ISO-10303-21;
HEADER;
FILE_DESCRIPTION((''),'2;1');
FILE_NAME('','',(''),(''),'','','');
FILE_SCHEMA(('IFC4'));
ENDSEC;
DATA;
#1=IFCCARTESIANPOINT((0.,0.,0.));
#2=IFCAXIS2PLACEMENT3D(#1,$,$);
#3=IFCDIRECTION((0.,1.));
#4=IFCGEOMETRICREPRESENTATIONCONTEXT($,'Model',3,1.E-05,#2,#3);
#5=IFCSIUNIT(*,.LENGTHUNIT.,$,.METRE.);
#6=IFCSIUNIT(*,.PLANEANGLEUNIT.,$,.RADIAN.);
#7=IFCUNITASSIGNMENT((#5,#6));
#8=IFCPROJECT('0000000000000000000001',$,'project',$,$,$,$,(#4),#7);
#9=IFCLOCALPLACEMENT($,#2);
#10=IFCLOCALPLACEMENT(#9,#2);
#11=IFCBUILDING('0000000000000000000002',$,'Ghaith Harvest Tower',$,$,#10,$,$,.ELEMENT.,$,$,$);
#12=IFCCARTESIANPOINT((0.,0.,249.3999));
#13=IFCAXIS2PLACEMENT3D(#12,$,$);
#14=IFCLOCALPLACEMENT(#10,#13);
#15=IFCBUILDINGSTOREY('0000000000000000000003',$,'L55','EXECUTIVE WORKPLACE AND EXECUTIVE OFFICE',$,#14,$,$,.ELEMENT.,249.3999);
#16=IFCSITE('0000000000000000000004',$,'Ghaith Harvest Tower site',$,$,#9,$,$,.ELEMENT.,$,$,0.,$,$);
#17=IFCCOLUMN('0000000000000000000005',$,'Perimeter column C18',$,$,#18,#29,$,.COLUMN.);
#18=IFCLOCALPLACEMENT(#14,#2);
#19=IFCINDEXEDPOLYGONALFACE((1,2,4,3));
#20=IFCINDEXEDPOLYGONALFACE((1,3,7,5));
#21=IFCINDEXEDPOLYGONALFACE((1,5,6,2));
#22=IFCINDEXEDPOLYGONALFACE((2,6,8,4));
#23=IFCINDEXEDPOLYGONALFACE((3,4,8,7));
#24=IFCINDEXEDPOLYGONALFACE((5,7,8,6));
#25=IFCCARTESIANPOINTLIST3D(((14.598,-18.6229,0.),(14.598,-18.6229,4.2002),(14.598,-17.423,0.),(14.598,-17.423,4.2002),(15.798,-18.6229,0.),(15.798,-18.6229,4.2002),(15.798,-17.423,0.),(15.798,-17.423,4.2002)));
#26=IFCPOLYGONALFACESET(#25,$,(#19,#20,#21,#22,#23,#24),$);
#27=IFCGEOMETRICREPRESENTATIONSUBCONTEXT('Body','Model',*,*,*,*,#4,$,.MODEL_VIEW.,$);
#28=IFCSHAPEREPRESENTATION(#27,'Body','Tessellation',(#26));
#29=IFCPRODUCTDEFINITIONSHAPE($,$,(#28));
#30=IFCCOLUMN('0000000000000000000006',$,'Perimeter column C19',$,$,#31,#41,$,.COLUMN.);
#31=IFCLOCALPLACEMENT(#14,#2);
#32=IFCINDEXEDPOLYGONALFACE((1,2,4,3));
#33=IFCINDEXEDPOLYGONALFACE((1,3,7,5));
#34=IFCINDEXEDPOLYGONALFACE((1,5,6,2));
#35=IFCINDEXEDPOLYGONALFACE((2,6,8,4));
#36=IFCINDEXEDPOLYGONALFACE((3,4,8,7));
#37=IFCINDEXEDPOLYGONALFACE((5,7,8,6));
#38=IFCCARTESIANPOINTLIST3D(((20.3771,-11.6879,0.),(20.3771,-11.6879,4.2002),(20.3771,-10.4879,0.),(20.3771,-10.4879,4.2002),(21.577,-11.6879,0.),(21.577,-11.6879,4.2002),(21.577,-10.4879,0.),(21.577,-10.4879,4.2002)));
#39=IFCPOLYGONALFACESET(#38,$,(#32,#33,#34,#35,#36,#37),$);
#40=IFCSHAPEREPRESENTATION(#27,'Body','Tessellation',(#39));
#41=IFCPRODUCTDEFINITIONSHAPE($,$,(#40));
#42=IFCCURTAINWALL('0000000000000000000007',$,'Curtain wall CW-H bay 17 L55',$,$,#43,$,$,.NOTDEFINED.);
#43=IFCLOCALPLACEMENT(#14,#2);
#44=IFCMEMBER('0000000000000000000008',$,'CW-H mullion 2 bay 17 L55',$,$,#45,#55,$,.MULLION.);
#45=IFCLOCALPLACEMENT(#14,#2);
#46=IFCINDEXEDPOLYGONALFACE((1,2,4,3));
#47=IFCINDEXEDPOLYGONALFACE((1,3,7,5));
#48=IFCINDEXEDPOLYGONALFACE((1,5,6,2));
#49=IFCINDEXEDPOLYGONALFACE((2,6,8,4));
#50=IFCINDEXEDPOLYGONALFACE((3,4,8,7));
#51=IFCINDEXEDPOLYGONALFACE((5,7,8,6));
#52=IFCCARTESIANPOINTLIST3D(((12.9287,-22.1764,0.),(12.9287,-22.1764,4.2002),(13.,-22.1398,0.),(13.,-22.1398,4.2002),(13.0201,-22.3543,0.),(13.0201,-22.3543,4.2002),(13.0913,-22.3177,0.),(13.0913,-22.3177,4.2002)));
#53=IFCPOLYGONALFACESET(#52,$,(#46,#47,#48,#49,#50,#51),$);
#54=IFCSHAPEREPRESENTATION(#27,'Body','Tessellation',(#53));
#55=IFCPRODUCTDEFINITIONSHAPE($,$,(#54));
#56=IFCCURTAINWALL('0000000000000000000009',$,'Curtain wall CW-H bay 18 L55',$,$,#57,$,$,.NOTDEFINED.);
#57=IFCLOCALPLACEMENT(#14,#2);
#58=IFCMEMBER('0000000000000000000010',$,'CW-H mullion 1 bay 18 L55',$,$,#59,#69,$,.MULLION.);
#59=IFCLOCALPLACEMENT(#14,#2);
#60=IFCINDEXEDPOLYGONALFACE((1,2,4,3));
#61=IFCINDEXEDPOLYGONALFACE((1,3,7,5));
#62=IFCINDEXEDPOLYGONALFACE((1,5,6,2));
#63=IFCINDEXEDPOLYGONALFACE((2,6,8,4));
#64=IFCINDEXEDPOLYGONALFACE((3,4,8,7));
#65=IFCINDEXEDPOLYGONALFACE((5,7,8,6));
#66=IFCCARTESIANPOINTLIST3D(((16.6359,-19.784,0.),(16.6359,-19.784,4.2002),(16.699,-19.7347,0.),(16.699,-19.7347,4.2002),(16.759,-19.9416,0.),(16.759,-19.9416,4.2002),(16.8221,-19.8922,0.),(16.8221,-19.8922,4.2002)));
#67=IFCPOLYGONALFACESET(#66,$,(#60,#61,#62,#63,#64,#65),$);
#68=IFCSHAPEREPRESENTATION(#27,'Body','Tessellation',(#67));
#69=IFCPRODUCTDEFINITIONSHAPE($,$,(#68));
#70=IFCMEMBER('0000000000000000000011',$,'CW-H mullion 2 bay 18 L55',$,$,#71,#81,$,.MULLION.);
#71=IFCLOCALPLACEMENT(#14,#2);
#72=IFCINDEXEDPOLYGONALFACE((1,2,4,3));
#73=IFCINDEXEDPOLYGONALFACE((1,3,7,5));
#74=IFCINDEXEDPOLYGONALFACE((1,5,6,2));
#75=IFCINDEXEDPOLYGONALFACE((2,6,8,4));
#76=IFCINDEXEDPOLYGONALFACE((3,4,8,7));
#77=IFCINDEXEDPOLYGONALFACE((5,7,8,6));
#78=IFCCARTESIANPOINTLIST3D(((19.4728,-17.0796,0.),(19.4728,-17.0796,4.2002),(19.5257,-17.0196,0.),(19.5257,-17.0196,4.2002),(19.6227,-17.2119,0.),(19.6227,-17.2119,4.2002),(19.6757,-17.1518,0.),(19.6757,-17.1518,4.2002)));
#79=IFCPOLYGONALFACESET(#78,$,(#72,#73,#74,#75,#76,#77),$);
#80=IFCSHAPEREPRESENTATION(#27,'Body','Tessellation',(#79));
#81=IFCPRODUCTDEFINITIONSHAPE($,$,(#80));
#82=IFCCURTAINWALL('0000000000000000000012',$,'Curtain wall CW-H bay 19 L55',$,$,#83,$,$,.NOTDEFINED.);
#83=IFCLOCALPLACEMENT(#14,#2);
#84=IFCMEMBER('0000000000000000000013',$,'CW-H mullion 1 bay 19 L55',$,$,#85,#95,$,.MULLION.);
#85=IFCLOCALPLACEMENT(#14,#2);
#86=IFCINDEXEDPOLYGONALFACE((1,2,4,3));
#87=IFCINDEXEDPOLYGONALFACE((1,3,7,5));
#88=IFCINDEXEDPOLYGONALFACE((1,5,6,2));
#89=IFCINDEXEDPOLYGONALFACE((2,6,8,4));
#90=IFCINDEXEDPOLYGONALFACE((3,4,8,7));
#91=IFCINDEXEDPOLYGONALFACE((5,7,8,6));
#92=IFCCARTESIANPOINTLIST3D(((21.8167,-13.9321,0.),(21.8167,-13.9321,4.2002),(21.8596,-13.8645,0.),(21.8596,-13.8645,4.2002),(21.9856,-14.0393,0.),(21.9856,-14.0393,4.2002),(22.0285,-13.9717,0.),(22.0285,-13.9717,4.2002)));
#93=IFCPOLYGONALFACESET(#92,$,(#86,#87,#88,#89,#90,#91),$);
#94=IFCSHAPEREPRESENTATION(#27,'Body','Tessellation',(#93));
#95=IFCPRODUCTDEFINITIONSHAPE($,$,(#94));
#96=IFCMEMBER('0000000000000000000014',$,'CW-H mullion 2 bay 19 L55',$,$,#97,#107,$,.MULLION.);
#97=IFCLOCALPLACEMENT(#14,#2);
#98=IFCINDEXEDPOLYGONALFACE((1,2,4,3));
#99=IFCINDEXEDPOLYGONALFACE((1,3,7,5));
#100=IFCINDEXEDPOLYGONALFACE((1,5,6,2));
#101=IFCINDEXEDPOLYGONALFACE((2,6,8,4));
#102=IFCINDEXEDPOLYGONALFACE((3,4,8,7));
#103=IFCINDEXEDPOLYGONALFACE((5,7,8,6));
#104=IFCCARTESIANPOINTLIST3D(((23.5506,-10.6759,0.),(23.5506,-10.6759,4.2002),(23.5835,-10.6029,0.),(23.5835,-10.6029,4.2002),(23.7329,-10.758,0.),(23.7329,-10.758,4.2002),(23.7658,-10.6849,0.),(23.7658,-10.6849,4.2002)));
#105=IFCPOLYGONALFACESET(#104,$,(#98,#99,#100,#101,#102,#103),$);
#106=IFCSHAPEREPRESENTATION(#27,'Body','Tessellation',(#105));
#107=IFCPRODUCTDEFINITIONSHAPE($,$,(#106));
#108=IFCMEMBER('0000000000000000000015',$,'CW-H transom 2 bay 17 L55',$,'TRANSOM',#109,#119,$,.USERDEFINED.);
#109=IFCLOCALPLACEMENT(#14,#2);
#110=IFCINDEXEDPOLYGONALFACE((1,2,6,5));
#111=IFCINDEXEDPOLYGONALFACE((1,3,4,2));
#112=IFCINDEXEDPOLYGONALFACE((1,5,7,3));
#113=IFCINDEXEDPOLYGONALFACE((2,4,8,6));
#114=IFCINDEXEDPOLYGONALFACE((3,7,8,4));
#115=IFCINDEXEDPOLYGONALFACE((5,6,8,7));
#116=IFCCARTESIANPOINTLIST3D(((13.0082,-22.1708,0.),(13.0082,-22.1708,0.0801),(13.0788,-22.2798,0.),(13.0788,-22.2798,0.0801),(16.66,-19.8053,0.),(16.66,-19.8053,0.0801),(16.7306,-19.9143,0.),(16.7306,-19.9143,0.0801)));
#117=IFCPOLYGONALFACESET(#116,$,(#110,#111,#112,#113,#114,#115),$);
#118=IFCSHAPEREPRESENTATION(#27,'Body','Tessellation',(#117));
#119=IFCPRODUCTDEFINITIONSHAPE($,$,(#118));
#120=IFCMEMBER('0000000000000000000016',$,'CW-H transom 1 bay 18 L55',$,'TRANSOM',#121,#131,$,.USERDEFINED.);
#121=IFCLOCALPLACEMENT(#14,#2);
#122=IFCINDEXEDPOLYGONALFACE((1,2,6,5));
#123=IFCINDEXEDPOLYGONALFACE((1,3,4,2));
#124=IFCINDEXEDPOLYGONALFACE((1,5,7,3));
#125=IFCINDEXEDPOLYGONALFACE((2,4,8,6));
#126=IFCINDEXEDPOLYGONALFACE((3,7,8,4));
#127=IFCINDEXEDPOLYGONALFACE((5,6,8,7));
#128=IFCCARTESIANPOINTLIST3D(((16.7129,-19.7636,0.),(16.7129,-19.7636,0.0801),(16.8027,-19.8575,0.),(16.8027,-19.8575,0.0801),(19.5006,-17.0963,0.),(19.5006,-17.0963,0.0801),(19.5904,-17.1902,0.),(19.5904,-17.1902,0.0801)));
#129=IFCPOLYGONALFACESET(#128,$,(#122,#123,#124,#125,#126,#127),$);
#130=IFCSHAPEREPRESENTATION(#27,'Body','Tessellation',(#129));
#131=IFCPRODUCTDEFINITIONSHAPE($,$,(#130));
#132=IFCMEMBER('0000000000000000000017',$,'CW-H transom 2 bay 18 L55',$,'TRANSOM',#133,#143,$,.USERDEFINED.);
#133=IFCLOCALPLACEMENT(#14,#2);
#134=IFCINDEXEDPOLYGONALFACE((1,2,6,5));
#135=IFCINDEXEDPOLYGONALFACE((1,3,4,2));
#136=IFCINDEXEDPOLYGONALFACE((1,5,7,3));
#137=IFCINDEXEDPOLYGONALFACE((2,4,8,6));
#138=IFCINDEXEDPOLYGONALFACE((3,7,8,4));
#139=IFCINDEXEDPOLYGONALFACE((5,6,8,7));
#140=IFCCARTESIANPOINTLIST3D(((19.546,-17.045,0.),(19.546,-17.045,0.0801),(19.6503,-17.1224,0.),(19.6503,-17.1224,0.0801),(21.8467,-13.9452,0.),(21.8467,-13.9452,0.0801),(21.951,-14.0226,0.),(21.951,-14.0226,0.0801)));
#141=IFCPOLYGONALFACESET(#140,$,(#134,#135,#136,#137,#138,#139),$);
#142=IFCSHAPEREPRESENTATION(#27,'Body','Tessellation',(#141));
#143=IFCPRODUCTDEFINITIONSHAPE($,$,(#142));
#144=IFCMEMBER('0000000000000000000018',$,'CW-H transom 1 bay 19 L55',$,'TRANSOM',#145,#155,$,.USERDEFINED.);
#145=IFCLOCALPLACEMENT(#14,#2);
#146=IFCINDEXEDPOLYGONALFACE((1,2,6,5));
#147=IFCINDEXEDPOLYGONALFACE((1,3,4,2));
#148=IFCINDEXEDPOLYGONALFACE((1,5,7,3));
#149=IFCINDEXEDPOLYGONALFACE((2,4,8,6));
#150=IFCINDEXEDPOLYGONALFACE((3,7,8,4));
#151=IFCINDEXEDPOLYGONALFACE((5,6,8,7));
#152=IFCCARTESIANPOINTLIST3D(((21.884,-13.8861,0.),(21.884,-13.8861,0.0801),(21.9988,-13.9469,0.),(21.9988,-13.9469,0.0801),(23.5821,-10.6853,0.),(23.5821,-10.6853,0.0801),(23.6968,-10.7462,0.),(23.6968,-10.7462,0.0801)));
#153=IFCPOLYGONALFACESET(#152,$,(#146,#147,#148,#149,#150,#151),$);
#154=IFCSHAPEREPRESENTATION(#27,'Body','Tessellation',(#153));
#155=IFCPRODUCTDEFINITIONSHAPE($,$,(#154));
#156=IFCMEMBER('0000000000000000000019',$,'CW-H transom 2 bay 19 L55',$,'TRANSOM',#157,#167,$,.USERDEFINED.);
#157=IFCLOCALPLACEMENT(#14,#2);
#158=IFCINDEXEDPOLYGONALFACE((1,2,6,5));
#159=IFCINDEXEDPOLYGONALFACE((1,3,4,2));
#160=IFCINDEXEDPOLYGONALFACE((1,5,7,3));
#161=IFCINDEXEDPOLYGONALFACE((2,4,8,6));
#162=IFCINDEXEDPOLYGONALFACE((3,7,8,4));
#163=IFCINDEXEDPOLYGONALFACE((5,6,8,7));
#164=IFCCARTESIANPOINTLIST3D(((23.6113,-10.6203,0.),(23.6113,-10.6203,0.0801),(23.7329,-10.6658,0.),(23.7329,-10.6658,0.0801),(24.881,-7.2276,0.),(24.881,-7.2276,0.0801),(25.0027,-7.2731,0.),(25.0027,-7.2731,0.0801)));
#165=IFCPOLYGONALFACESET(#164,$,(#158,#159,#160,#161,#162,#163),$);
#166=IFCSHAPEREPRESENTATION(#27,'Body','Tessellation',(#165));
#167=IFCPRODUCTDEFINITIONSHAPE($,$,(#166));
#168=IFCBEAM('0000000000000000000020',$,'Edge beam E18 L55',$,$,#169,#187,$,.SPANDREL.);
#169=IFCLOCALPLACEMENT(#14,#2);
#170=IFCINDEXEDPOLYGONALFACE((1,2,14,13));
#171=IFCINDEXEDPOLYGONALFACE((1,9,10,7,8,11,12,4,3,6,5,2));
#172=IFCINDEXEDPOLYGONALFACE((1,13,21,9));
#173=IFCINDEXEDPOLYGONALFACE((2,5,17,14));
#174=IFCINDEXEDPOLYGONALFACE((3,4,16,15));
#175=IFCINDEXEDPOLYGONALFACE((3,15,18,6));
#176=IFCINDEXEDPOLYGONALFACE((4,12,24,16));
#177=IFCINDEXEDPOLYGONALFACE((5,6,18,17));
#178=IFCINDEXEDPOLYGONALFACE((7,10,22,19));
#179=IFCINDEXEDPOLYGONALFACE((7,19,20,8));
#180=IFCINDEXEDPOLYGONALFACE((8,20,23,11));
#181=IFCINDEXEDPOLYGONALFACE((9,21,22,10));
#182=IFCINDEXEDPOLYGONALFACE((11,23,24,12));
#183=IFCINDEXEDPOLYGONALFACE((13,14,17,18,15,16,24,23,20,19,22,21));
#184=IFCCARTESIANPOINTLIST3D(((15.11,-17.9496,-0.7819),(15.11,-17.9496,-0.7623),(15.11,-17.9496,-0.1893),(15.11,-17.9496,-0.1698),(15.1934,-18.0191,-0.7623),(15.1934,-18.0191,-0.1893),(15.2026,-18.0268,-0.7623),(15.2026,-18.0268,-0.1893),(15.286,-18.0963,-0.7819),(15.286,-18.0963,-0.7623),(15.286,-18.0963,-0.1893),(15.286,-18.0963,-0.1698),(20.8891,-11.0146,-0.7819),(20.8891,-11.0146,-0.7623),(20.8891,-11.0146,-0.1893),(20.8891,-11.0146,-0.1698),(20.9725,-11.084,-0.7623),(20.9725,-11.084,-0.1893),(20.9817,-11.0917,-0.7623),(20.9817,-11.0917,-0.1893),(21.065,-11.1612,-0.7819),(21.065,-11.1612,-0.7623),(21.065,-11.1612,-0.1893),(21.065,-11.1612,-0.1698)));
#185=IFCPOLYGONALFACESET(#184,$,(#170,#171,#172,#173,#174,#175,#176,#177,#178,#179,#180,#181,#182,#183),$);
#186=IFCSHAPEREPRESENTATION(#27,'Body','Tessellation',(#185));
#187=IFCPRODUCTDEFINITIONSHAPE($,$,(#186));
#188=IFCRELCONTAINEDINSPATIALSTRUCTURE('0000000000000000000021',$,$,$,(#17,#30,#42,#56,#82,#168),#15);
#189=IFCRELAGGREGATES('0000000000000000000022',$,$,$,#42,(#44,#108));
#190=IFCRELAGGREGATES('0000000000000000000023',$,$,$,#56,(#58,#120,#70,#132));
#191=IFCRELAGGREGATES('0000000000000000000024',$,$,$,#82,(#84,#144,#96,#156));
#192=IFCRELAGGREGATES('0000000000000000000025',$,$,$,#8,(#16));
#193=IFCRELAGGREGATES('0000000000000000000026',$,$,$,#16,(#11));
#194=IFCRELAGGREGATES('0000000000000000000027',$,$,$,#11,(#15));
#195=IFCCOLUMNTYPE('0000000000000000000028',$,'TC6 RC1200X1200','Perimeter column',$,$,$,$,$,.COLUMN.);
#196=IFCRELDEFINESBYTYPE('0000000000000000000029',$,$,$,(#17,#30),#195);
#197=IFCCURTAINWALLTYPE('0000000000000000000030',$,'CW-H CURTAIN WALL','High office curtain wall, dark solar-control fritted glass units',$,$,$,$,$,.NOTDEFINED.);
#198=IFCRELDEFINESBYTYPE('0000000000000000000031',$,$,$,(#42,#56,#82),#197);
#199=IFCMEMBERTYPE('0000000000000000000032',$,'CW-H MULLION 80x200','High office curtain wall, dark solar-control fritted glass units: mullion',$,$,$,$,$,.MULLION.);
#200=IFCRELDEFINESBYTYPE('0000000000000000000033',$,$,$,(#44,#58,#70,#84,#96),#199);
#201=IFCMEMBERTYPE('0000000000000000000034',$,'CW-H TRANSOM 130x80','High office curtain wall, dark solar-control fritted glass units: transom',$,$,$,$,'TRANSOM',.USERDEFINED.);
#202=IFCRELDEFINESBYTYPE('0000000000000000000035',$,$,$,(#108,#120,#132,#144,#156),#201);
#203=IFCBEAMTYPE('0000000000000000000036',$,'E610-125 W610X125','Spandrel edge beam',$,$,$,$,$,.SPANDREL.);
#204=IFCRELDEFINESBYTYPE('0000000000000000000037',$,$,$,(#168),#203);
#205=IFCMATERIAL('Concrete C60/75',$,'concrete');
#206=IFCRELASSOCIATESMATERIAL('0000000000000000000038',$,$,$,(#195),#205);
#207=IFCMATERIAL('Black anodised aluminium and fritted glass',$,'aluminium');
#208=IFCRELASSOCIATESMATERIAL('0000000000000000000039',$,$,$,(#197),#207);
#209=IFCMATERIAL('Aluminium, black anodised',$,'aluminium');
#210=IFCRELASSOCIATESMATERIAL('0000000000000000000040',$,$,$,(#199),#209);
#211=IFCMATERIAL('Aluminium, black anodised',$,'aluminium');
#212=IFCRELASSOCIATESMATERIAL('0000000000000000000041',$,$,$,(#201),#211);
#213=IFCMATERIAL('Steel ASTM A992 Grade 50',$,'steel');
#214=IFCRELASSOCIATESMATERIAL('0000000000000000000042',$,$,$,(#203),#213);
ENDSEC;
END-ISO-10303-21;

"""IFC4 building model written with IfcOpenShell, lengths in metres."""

from ifc_helpers import new_model, si_unit, direction, frame, origin, origin_2d, place, context, subcontext, project, spatial, rectangle, i_section, extrude, material, material_profile, profile_set, type_object, element, aggregate, save


model = new_model("IFC4")

# Units and contexts
model_context = context("Model", 3, precision=1e-05, world=origin(), true_north=direction((0.0, 1.0)))
body_context = subcontext(model_context, "Body", "Model", "MODEL_VIEW")
ifc_project = project(units=[si_unit("LENGTHUNIT", "METRE"), si_unit("PLANEANGLEUNIT", "RADIAN")], contexts=[model_context])

# Site, building, storey
site_placement = place(None, origin())
site = spatial("IfcSite", under=ifc_project, at=site_placement, Name="Ghaith Harvest Tower site", CompositionType="ELEMENT", RefElevation=0.0)
building_placement = place(site_placement, origin())
building = spatial("IfcBuilding", under=site, at=building_placement, Name="Ghaith Harvest Tower", CompositionType="ELEMENT")
storey_placement = place(building_placement, frame((0.0, 0.0, 249.3999)))
storey = spatial("IfcBuildingStorey", under=building, at=storey_placement, Name="L55", Description="EXECUTIVE WORKPLACE AND EXECUTIVE OFFICE", CompositionType="ELEMENT", Elevation=249.3999)

# Columns
ifc_material_1 = material(Name="Concrete C60/75", Category="concrete")
ifc_material_profile_1 = material_profile(ifc_material_1, rectangle(XDim=1.2, YDim=1.2, at=origin_2d()), Name="RC1200X1200")
ifc_profile_set_1 = profile_set([ifc_material_profile_1], Name="Concrete C60/75")
column_type = type_object("IfcColumnType", Name="TC6 RC1200X1200", Description="Perimeter column", PredefinedType="COLUMN", material=ifc_profile_set_1)
for number, where, z_axis, x_axis, name in (
    (1, (15.198, -18.0229, 0.0), (0.0, 0.0, 1.0), (1.0, 0.0, 0.0), "Perimeter column C18"),
    (2, (20.9771, -11.0879, 0.0), (0.0, 0.0, 1.0), (1.0, 0.0, 0.0), "Perimeter column C19"),
):
    element("IfcColumn", number, at=place(storey_placement, frame(where, z_axis=z_axis, x_axis=x_axis)), inside=storey, type_object=column_type, Name=name, PredefinedType="COLUMN", context=body_context, shape_type="SweptSolid", body=[
        extrude(rectangle(XDim=1.2, YDim=1.2, at=origin_2d()), origin(), (0.0, 0.0, 1.0), 4.2002),
    ])

# Curtain wall, member
ifc_material_2 = material(Name="Black anodised aluminium and fritted glass", Category="aluminium")
curtain_wall_type = type_object("IfcCurtainWallType", Name="CW-H CURTAIN WALL", Description="High office curtain wall, dark solar-control fritted glass units", PredefinedType="NOTDEFINED", material=ifc_material_2)
curtain_wall_1_placement = place(storey_placement, origin())
curtain_wall_1 = element("IfcCurtainWall", 3, at=curtain_wall_1_placement, inside=storey, type_object=curtain_wall_type, Name="Curtain wall CW-H bay 17 L55", PredefinedType="NOTDEFINED")
ifc_material_3 = material(Name="Aluminium, black anodised", Category="aluminium")
ifc_material_profile_2 = material_profile(ifc_material_3, rectangle(XDim=0.0801, YDim=0.2, at=origin_2d()), Name="CW-H MULLION 80x200")
ifc_profile_set_2 = profile_set([ifc_material_profile_2], Name="Aluminium, black anodised")
member_type_1 = type_object("IfcMemberType", Name="CW-H MULLION 80x200", Description="High office curtain wall, dark solar-control fritted glass units: mullion", PredefinedType="MULLION", material=ifc_profile_set_2)
member_1_placement = place(storey_placement, frame((13.01, -22.2471, 0.0), z_axis=(0.0, 0.0, 1.0), x_axis=(0.889568, 0.456802, 0.0)))
member_1 = element("IfcMember", 4, at=member_1_placement, type_object=member_type_1, Name="CW-H mullion 2 bay 17 L55", PredefinedType="MULLION", context=body_context, shape_type="SweptSolid", body=[
    extrude(rectangle(XDim=0.0801, YDim=0.2, at=origin_2d()), origin(), (0.0, 0.0, 1.0), 4.2002),
])

# Curtain walls, members
curtain_wall_2_placement = place(storey_placement, origin())
curtain_wall_2 = element("IfcCurtainWall", 5, at=curtain_wall_2_placement, inside=storey, type_object=curtain_wall_type, Name="Curtain wall CW-H bay 18 L55", PredefinedType="NOTDEFINED")
member_2_placement = place(storey_placement, frame((16.729, -19.8381, 0.0), z_axis=(0.0, 0.0, 1.0), x_axis=(0.787846, 0.615873, 0.0)))
member_2 = element("IfcMember", 6, at=member_2_placement, type_object=member_type_1, Name="CW-H mullion 1 bay 18 L55", PredefinedType="MULLION", context=body_context, shape_type="SweptSolid", body=[
    extrude(rectangle(XDim=0.0801, YDim=0.2, at=origin_2d()), origin(), (0.0, 0.0, 1.0), 4.2002),
])
member_3_placement = place(storey_placement, frame((19.5742, -17.1157, 0.0), z_axis=(0.0, 0.0, 1.0), x_axis=(0.661615, 0.749844, 0.0)))
member_3 = element("IfcMember", 7, at=member_3_placement, type_object=member_type_1, Name="CW-H mullion 2 bay 18 L55", PredefinedType="MULLION", context=body_context, shape_type="SweptSolid", body=[
    extrude(rectangle(XDim=0.0801, YDim=0.2, at=origin_2d()), origin(), (0.0, 0.0, 1.0), 4.2002),
])
curtain_wall_3_placement = place(storey_placement, origin())
curtain_wall_3 = element("IfcCurtainWall", 8, at=curtain_wall_3_placement, inside=storey, type_object=curtain_wall_type, Name="Curtain wall CW-H bay 19 L55", PredefinedType="NOTDEFINED")
member_4_placement = place(storey_placement, frame((21.9226, -13.9519, 0.0), z_axis=(0.0, 0.0, 1.0), x_axis=(0.535827, 0.844328, 0.0)))
member_4 = element("IfcMember", 9, at=member_4_placement, type_object=member_type_1, Name="CW-H mullion 1 bay 19 L55", PredefinedType="MULLION", context=body_context, shape_type="SweptSolid", body=[
    extrude(rectangle(XDim=0.0801, YDim=0.2, at=origin_2d()), origin(), (0.0, 0.0, 1.0), 4.2002),
])
member_5_placement = place(storey_placement, frame((23.6582, -10.6804, 0.0), z_axis=(0.0, 0.0, 1.0), x_axis=(0.41043, 0.911892, 0.0)))
member_5 = element("IfcMember", 10, at=member_5_placement, type_object=member_type_1, Name="CW-H mullion 2 bay 19 L55", PredefinedType="MULLION", context=body_context, shape_type="SweptSolid", body=[
    extrude(rectangle(XDim=0.0801, YDim=0.2, at=origin_2d()), origin(), (0.0, 0.0, 1.0), 4.2002),
])

# Members
ifc_material_4 = material(Name="Aluminium, black anodised", Category="aluminium")
ifc_material_profile_3 = material_profile(ifc_material_4, rectangle(XDim=0.1299, YDim=0.0801, at=origin_2d()), Name="CW-H TRANSOM 130x80")
ifc_profile_set_3 = profile_set([ifc_material_profile_3], Name="Aluminium, black anodised")
member_type_2 = type_object("IfcMemberType", Name="CW-H TRANSOM 130x80", Description="High office curtain wall, dark solar-control fritted glass units: transom", ElementType="TRANSOM", PredefinedType="USERDEFINED", material=ifc_profile_set_3)
member_6_placement = place(storey_placement, frame((13.0435, -22.2253, 0.04), z_axis=(0.839307, 0.543658, 0.0), x_axis=(-0.543658, 0.839307, 0.0)))
member_6 = element("IfcMember", 11, at=member_6_placement, type_object=member_type_2, Name="CW-H transom 2 bay 17 L55", ObjectType="TRANSOM", PredefinedType="USERDEFINED", context=body_context, shape_type="SweptSolid", body=[
    extrude(rectangle(XDim=0.1299, YDim=0.0801, at=origin_2d()), origin(), (0.0, 0.0, 1.0), 4.3511),
])
member_7_placement = place(storey_placement, frame((16.7578, -19.8105, 0.04), z_axis=(0.722533, 0.691336, 0.0), x_axis=(-0.691336, 0.722533, 0.0)))
member_7 = element("IfcMember", 12, at=member_7_placement, type_object=member_type_2, Name="CW-H transom 1 bay 18 L55", ObjectType="TRANSOM", PredefinedType="USERDEFINED", context=body_context, shape_type="SweptSolid", body=[
    extrude(rectangle(XDim=0.1299, YDim=0.0801, at=origin_2d()), origin(), (0.0, 0.0, 1.0), 3.8582),
])
member_8_placement = place(storey_placement, frame((19.5981, -17.0837, 0.04), z_axis=(0.595996, 0.802988, 0.0), x_axis=(-0.802988, 0.595996, 0.0)))
member_8 = element("IfcMember", 13, at=member_8_placement, type_object=member_type_2, Name="CW-H transom 2 bay 18 L55", ObjectType="TRANSOM", PredefinedType="USERDEFINED", context=body_context, shape_type="SweptSolid", body=[
    extrude(rectangle(XDim=0.1299, YDim=0.0801, at=origin_2d()), origin(), (0.0, 0.0, 1.0), 3.8604),
])
member_9_placement = place(storey_placement, frame((21.9414, -13.9165, 0.04), z_axis=(0.468646, 0.883386, 0.0), x_axis=(-0.883386, 0.468646, 0.0)))
member_9 = element("IfcMember", 14, at=member_9_placement, type_object=member_type_2, Name="CW-H transom 1 bay 19 L55", ObjectType="TRANSOM", PredefinedType="USERDEFINED", context=body_context, shape_type="SweptSolid", body=[
    extrude(rectangle(XDim=0.1299, YDim=0.0801, at=origin_2d()), origin(), (0.0, 0.0, 1.0), 3.6233),
])
member_10_placement = place(storey_placement, frame((23.6721, -10.6431, 0.04), z_axis=(0.35051, 0.936559, 0.0), x_axis=(-0.936559, 0.35051, 0.0)))
member_10 = element("IfcMember", 15, at=member_10_placement, type_object=member_type_2, Name="CW-H transom 2 bay 19 L55", ObjectType="TRANSOM", PredefinedType="USERDEFINED", context=body_context, shape_type="SweptSolid", body=[
    extrude(rectangle(XDim=0.1299, YDim=0.0801, at=origin_2d()), origin(), (0.0, 0.0, 1.0), 3.6226),
])

# Beam
ifc_material_5 = material(Name="Steel ASTM A992 Grade 50", Category="steel")
ifc_material_profile_4 = material_profile(ifc_material_5, i_section(OverallWidth=0.229, OverallDepth=0.6121, WebThickness=0.012, FlangeThickness=0.0195, at=origin_2d()), Name="W610X125")
ifc_profile_set_4 = profile_set([ifc_material_profile_4], Name="Steel ASTM A992 Grade 50")
beam_type_1 = type_object("IfcBeamType", Name="E610-125 W610X125", Description="Spandrel edge beam", PredefinedType="SPANDREL", material=ifc_profile_set_4)
beam_1_placement = place(storey_placement, frame((15.198, -18.0229, -0.4758), z_axis=(0.640174, 0.76823, 0.0), x_axis=(-0.76823, 0.640174, 0.0)))
element("IfcBeam", 16, at=beam_1_placement, inside=storey, type_object=beam_type_1, Name="Edge beam E18 L55", PredefinedType="SPANDREL", context=body_context, shape_type="SweptSolid", body=[
    extrude(i_section(OverallWidth=0.229, OverallDepth=0.6121, WebThickness=0.012, FlangeThickness=0.0195, at=origin_2d()), origin(), (0.0, 0.0, 1.0), 9.0273),
])

aggregate(curtain_wall_1, [member_1, member_6])
aggregate(curtain_wall_2, [member_2, member_7, member_3, member_8])
aggregate(curtain_wall_3, [member_4, member_9, member_5, member_10])

save(model, "model.ifc")
